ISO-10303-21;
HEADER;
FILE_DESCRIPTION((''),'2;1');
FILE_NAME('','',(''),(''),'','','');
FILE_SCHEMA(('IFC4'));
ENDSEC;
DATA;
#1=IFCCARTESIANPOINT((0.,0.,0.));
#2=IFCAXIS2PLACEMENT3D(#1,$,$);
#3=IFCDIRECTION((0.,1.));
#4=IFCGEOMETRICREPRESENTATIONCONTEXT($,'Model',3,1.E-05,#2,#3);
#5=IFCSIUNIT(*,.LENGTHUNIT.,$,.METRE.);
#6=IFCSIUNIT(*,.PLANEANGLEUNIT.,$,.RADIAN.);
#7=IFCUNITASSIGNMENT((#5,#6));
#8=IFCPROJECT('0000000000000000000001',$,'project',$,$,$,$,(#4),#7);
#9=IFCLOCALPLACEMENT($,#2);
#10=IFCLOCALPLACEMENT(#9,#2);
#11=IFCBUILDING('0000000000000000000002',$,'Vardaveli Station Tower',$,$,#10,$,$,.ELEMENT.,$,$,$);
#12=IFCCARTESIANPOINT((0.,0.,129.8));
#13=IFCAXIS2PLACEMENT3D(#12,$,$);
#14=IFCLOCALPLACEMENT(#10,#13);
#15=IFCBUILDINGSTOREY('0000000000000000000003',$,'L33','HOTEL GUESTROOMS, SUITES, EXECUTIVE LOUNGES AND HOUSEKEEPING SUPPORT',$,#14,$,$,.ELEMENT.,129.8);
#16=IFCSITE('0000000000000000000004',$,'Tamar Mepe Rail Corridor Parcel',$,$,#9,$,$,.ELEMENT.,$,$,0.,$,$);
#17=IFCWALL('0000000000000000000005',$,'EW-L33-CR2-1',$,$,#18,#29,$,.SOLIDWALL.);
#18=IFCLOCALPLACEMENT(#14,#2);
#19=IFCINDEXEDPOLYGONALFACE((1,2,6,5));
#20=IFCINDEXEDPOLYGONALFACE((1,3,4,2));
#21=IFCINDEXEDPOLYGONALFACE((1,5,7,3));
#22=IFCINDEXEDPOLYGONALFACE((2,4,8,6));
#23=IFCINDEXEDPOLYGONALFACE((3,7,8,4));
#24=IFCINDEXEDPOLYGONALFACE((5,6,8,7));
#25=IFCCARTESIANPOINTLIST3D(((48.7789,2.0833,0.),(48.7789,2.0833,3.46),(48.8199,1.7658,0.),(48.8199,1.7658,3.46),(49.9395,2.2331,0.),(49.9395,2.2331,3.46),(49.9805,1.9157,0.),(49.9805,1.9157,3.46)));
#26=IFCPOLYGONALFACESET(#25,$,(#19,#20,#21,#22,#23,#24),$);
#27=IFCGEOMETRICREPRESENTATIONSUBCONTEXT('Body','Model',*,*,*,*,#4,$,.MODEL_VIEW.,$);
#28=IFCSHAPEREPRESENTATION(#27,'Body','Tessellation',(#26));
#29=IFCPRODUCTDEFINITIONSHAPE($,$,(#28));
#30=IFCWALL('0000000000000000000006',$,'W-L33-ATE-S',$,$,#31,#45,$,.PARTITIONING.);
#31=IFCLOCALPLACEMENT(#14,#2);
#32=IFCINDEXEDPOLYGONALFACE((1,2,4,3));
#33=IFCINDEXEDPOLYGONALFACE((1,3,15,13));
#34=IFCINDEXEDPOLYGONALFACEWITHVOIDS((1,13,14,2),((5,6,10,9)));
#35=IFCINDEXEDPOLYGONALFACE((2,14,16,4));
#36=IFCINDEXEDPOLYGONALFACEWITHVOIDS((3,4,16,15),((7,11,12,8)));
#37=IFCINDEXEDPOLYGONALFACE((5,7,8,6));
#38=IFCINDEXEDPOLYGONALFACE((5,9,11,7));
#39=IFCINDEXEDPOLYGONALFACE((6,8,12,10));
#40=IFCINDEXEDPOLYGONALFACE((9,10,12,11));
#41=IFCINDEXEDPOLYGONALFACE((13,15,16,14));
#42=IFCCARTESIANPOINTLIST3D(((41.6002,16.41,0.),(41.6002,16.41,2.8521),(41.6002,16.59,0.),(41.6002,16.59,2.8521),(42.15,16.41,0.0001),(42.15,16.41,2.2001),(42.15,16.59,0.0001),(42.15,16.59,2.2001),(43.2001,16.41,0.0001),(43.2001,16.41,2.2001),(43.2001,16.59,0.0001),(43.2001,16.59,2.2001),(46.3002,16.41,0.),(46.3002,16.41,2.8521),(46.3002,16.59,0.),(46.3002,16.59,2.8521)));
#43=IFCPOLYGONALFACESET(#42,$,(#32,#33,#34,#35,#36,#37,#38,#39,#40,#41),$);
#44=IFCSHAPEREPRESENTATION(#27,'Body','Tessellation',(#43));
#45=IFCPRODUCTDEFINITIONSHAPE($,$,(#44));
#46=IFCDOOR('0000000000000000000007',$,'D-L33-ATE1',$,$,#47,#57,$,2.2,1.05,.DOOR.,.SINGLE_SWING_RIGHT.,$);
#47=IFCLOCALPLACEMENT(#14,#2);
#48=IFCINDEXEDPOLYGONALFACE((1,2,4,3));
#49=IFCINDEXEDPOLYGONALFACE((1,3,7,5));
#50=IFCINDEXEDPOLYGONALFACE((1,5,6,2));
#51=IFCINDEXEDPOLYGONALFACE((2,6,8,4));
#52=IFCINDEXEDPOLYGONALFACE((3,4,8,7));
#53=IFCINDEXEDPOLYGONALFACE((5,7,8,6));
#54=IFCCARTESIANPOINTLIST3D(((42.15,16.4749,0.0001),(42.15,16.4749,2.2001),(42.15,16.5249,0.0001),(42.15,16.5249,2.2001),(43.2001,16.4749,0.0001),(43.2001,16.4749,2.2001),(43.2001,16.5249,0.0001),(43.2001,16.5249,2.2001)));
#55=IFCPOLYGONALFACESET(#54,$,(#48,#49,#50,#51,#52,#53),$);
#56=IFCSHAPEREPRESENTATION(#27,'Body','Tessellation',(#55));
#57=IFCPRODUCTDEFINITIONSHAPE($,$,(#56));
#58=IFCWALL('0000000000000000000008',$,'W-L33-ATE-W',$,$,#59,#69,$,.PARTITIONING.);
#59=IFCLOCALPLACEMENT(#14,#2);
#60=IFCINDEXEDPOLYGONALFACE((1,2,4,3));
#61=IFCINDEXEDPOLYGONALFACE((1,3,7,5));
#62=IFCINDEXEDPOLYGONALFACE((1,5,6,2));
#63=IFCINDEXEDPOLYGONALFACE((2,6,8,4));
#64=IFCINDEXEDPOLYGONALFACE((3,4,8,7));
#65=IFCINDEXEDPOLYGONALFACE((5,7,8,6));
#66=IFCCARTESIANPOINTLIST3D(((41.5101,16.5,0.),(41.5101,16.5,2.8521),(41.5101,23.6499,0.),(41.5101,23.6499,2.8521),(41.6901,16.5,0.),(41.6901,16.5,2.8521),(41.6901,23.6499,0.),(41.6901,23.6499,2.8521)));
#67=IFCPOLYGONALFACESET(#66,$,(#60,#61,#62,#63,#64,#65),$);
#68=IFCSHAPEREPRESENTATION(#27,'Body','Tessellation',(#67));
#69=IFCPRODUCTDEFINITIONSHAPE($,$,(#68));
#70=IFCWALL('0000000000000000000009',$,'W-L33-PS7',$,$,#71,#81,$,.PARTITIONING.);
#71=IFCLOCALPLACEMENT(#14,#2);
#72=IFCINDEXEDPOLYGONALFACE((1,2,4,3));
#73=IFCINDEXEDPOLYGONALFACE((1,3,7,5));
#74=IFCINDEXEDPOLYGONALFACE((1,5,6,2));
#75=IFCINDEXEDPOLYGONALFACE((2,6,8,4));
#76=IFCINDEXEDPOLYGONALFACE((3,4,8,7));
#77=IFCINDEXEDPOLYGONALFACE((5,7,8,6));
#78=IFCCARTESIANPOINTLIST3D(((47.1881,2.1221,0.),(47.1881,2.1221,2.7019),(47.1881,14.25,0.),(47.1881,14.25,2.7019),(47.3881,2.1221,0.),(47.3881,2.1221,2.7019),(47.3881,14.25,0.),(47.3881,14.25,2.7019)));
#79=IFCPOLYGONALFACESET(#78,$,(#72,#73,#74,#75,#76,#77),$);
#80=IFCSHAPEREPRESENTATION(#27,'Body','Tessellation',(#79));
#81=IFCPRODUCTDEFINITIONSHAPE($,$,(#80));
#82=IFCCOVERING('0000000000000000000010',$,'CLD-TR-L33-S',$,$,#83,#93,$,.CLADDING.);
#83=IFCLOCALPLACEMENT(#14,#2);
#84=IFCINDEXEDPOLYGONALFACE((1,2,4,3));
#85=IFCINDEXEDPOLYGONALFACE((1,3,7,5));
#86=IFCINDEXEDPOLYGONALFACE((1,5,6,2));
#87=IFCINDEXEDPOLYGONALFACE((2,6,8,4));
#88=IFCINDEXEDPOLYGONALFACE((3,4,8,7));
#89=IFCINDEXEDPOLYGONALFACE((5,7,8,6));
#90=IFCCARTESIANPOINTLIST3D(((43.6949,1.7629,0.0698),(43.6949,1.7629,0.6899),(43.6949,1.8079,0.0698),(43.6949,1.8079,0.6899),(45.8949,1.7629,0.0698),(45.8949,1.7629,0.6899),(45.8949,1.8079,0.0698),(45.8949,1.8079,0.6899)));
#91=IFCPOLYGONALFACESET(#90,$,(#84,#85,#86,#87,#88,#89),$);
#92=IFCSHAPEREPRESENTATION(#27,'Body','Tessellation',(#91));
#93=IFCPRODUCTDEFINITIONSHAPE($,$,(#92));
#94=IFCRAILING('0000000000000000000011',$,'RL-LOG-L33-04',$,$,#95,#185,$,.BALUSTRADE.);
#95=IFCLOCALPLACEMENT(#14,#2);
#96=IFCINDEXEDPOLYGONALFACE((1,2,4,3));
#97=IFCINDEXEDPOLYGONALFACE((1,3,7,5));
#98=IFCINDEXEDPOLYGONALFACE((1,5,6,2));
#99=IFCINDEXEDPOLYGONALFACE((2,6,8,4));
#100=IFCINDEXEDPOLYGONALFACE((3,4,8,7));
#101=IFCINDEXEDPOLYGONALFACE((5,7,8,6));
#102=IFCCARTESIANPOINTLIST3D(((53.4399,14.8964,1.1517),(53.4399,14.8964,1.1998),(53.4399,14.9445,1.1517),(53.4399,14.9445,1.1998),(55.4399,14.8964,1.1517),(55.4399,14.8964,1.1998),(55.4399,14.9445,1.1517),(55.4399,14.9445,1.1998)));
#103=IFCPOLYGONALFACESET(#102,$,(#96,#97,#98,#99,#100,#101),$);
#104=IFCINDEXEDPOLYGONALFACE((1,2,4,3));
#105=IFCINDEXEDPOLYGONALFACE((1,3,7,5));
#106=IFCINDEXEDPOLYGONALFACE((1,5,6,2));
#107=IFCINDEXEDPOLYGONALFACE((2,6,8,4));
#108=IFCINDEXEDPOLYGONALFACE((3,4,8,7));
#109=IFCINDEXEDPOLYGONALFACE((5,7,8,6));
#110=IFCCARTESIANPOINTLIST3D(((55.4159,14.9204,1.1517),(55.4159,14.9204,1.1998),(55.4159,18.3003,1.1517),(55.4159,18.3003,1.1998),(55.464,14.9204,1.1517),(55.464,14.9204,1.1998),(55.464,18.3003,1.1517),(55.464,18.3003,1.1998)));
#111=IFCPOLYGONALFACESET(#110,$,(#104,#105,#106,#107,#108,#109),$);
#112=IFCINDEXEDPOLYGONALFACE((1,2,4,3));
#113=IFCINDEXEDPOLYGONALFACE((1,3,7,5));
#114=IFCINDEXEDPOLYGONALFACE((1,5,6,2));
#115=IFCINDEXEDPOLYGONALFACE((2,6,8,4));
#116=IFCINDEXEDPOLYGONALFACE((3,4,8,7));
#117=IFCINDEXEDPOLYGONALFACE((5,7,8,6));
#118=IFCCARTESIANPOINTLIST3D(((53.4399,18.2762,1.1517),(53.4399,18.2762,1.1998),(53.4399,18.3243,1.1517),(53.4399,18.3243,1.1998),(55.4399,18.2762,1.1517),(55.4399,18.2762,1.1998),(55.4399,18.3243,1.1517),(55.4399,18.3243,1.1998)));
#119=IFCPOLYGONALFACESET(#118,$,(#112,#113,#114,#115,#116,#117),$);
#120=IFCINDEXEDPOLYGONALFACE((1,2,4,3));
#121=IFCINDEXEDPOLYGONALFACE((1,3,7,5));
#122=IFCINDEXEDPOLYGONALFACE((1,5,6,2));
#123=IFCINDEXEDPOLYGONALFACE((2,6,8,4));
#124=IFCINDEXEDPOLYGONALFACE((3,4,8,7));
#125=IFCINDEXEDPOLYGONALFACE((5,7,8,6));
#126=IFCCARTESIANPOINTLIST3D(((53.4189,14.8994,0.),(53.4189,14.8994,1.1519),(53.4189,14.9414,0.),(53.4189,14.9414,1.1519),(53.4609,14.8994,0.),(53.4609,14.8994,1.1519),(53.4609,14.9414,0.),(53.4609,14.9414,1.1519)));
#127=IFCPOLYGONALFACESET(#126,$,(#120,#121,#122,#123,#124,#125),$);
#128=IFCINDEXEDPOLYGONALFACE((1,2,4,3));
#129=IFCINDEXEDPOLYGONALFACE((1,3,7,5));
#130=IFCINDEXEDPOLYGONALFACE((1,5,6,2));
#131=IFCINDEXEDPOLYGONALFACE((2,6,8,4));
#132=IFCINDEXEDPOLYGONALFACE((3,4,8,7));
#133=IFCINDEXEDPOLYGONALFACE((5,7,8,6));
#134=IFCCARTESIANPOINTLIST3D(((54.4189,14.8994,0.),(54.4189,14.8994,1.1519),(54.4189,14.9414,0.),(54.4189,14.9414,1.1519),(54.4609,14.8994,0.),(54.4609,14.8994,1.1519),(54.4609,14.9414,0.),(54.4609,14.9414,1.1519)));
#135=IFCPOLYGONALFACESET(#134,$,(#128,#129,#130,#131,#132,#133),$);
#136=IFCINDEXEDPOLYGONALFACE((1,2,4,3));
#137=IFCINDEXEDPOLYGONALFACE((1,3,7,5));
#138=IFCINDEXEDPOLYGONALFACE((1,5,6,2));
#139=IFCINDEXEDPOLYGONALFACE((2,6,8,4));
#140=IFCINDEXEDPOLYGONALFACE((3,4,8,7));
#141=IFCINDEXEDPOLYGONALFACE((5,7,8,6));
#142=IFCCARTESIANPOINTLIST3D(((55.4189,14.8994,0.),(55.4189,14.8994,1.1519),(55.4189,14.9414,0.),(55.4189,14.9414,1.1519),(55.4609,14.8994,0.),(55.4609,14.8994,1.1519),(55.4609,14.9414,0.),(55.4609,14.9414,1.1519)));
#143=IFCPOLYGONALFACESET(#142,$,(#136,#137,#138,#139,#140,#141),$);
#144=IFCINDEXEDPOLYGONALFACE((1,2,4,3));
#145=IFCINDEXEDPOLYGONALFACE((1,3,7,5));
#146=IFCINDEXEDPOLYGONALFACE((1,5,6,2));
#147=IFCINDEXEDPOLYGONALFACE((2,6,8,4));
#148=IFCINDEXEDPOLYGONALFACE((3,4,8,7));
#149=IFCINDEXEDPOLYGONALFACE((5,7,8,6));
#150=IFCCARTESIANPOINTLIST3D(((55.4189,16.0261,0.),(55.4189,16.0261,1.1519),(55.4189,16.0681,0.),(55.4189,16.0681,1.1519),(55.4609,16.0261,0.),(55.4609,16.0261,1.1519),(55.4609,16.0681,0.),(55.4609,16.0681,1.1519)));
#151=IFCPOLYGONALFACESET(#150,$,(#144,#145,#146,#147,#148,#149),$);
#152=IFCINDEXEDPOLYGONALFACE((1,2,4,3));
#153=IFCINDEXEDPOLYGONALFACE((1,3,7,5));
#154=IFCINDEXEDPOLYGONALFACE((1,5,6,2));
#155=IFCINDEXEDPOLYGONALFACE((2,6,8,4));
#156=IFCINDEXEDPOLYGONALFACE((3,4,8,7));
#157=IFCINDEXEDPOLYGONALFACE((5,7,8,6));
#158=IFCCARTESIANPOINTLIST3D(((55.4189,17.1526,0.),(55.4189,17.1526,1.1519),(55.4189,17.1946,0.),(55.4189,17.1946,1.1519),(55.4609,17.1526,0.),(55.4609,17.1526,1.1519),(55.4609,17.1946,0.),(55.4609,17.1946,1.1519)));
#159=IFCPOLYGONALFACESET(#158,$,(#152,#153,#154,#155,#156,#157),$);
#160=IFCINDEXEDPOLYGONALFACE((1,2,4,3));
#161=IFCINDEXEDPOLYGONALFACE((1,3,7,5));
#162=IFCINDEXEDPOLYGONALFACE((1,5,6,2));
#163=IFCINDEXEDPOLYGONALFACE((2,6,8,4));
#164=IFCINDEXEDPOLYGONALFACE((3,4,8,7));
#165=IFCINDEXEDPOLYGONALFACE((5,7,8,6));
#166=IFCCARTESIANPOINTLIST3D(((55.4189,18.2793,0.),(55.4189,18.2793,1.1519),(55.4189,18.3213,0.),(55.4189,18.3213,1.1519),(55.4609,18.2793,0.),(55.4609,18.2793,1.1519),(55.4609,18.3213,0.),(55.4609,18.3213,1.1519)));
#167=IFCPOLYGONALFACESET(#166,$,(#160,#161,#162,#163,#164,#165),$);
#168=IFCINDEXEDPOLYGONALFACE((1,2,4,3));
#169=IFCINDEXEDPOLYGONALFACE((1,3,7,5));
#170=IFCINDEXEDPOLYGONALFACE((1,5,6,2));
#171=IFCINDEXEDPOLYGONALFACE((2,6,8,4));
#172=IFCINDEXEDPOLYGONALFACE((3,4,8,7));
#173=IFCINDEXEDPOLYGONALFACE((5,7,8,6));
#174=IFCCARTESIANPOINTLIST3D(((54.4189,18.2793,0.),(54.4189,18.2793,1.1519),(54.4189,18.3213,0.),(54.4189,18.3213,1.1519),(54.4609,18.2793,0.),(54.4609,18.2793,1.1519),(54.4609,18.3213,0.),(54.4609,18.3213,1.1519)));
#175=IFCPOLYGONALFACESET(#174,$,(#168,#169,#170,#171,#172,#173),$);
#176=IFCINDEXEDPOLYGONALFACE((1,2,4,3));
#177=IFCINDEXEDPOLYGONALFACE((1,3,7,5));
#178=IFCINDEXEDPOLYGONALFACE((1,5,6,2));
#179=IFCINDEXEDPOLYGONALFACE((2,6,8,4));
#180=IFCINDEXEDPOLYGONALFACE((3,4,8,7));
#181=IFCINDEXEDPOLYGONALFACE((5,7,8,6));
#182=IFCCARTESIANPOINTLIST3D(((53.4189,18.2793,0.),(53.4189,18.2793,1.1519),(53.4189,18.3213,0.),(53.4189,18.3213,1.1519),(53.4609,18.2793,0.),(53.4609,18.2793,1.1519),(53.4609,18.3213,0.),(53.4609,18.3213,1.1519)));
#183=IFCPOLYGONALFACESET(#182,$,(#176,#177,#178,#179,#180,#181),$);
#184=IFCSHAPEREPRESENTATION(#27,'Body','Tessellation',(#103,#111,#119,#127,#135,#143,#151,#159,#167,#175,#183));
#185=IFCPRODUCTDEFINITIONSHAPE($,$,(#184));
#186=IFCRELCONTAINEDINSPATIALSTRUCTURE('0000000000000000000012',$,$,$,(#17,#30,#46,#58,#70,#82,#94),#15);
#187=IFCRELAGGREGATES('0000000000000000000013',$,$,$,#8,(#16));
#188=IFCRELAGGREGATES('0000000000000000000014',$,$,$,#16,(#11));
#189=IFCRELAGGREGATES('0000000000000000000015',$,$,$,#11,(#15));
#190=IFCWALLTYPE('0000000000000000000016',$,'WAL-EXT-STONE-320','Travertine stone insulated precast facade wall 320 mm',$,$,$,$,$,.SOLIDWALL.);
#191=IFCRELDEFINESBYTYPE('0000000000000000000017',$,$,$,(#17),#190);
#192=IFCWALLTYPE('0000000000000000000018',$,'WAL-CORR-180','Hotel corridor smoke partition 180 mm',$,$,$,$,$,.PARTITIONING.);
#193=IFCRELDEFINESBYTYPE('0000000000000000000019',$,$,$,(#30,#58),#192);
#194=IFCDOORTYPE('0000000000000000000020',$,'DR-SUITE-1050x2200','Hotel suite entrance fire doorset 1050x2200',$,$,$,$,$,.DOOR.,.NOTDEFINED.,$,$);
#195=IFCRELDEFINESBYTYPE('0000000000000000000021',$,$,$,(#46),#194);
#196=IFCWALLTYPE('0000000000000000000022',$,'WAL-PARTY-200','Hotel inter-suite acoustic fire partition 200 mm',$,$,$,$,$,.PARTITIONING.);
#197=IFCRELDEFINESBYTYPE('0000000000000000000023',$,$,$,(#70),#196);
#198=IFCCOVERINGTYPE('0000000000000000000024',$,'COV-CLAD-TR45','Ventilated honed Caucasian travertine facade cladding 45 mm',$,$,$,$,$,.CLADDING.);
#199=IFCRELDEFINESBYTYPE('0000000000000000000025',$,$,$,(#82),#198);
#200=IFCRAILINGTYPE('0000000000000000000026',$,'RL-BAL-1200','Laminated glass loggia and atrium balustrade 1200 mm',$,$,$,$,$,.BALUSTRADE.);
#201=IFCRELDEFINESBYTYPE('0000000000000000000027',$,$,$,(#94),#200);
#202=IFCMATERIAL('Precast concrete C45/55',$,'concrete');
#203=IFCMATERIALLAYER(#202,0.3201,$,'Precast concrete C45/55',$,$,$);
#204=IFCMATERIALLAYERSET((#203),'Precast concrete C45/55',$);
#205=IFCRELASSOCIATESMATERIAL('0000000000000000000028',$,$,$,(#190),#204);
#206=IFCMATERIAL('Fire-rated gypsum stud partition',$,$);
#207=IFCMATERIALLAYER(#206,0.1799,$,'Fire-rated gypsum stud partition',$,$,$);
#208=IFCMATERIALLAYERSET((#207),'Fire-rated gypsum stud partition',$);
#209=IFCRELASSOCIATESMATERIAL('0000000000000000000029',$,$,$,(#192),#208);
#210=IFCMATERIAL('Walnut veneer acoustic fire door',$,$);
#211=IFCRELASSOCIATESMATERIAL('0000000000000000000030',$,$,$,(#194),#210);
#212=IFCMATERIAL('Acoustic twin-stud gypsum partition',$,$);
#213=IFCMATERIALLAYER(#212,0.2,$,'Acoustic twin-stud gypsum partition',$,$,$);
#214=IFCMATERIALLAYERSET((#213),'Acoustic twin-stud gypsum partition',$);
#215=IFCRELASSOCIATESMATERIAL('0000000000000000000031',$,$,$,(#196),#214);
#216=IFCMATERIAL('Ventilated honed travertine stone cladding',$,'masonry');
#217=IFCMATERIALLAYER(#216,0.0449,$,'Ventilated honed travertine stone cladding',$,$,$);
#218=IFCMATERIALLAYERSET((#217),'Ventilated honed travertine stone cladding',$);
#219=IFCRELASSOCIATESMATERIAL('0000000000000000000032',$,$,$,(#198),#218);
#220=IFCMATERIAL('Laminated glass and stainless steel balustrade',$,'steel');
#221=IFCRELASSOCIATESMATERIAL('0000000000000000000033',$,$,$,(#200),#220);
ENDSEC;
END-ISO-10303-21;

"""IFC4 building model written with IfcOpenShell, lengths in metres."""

from ifc_helpers import new_model, si_unit, direction, frame, frame_2d, origin, origin_2d, place, context, subcontext, project, spatial, rectangle, extrude, source, transform, mapped, material, layer, layer_set, type_object, element, fill, save


model = new_model("IFC4")

# Units and contexts
model_context = context("Model", 3, precision=1e-05, world=origin(), true_north=direction((0.0, 1.0)))
body_context = subcontext(model_context, "Body", "Model", "MODEL_VIEW")
ifc_project = project(units=[si_unit("LENGTHUNIT", "METRE"), si_unit("PLANEANGLEUNIT", "RADIAN")], contexts=[model_context])

# Site, building, storey
site_placement = place(None, origin())
site = spatial("IfcSite", under=ifc_project, at=site_placement, Name="Tamar Mepe Rail Corridor Parcel", CompositionType="ELEMENT", RefElevation=0.0)
building_placement = place(site_placement, origin())
building = spatial("IfcBuilding", under=site, at=building_placement, Name="Vardaveli Station Tower", CompositionType="ELEMENT")
storey_placement = place(building_placement, frame((0.0, 0.0, 129.8)))
storey = spatial("IfcBuildingStorey", under=building, at=storey_placement, Name="L33", Description="HOTEL GUESTROOMS, SUITES, EXECUTIVE LOUNGES AND HOUSEKEEPING SUPPORT", CompositionType="ELEMENT", Elevation=129.8)

# Shared definitions
ifc_material_1 = material(Name="Precast concrete C45/55", Category="concrete")

# Shared definitions
ifc_layer_1 = layer(ifc_material_1, 0.3201, Name="Precast concrete C45/55")
ifc_layer_set_1 = layer_set([ifc_layer_1], Name="Precast concrete C45/55")
wall_type_1 = type_object("IfcWallType", Name="WAL-EXT-STONE-320", Description="Travertine stone insulated precast facade wall 320 mm", PredefinedType="SOLIDWALL", material=ifc_layer_set_1)

# Wall
shared_shape_1 = source(origin(), body_context, "Body", "SweptSolid", [
    extrude(rectangle(XDim=1.1702, YDim=0.3201, at=frame_2d((0.585, 0.0))), origin(), (0.0, 0.0, 1.0), 3.46),
])
wall_1_placement = place(storey_placement, frame((48.7996, 1.9246, 0.0), z_axis=(0.0, 0.0, 1.0), x_axis=(0.991762, 0.12809, 0.0)))
element("IfcWall", 1, at=wall_1_placement, inside=storey, type_object=wall_type_1, Name="EW-L33-CR2-1", PredefinedType="SOLIDWALL", context=body_context, shape_type="MappedRepresentation", body=[
    mapped(shared_shape_1, transform((0.0, 0.0, 0.0), scale=1.0)),
])

# Wall, opening, door
ifc_material_2 = material(Name="Fire-rated gypsum stud partition")
ifc_layer_2 = layer(ifc_material_2, 0.1799, Name="Fire-rated gypsum stud partition")
ifc_layer_set_2 = layer_set([ifc_layer_2], Name="Fire-rated gypsum stud partition")
wall_type_2 = type_object("IfcWallType", Name="WAL-CORR-180", Description="Hotel corridor smoke partition 180 mm", PredefinedType="PARTITIONING", material=ifc_layer_set_2)
shared_shape_2 = source(origin(), body_context, "Body", "SweptSolid", [
    extrude(rectangle(XDim=4.7, YDim=0.1799, at=frame_2d((2.3501, 0.0))), origin(), (0.0, 0.0, 1.0), 2.8521),
])
wall_2_placement = place(storey_placement, frame((41.6001, 16.5, 0.0), z_axis=(0.0, 0.0, 1.0), x_axis=(1.0, 0.0, 0.0)))
wall_2 = element("IfcWall", 2, at=wall_2_placement, inside=storey, type_object=wall_type_2, Name="W-L33-ATE-S", PredefinedType="PARTITIONING", context=body_context, shape_type="MappedRepresentation", body=[
    mapped(shared_shape_2, transform((0.0, 0.0, 0.0), scale=1.0)),
])
shared_shape_3 = source(origin(), body_context, "Body", "SweptSolid", [
    extrude(rectangle(XDim=1.05, YDim=2.2, at=frame_2d((0.5249, 1.1001))), frame((0.0, 0.1001, 0.0), z_axis=(0.0, -1.0, 0.0), x_axis=(1.0, 0.0, 0.0)), (0.0, 0.0, 1.0), 0.2),
])
opening_1_placement = place(wall_2_placement, frame((0.55, 0.0, 0.0)))
opening_1 = element("IfcOpeningElement", 3, at=opening_1_placement, cuts=wall_2, PredefinedType="OPENING", context=body_context, shape_type="MappedRepresentation", body=[
    mapped(shared_shape_3, transform((0.0, 0.0, 0.0), scale=1.0)),
])
ifc_material_3 = material(Name="Walnut veneer acoustic fire door")
door_type_1 = type_object("IfcDoorType", Name="DR-SUITE-1050x2200", Description="Hotel suite entrance fire doorset 1050x2200", OperationType="NOTDEFINED", PredefinedType="DOOR", material=ifc_material_3)
shared_shape_4 = source(origin(), body_context, "Body", "SweptSolid", [
    extrude(rectangle(XDim=1.05, YDim=2.2, at=frame_2d((0.5249, 1.1001))), frame((0.0, 0.0249, 0.0), z_axis=(0.0, -1.0, 0.0), x_axis=(1.0, 0.0, 0.0)), (0.0, 0.0, 1.0), 0.05),
])
door_1_placement = place(opening_1_placement, origin())
door_1 = element("IfcDoor", 4, at=door_1_placement, inside=storey, type_object=door_type_1, Name="D-L33-ATE1", OperationType="SINGLE_SWING_RIGHT", OverallHeight=2.2, OverallWidth=1.05, PredefinedType="DOOR", context=body_context, shape_type="MappedRepresentation", body=[
    mapped(shared_shape_4, transform((0.0, 0.0, 0.0), scale=1.0)),
])
fill(opening_1, door_1)

# Walls
shared_shape_5 = source(origin(), body_context, "Body", "SweptSolid", [
    extrude(rectangle(XDim=7.1499, YDim=0.1799, at=frame_2d((3.575, 0.0))), origin(), (0.0, 0.0, 1.0), 2.8521),
])
wall_3_placement = place(storey_placement, frame((41.6001, 16.5, 0.0), z_axis=(0.0, 0.0, 1.0), x_axis=(0.0, 1.0, 0.0)))
element("IfcWall", 5, at=wall_3_placement, inside=storey, type_object=wall_type_2, Name="W-L33-ATE-W", PredefinedType="PARTITIONING", context=body_context, shape_type="MappedRepresentation", body=[
    mapped(shared_shape_5, transform((0.0, 0.0, 0.0), scale=1.0)),
])
ifc_material_4 = material(Name="Acoustic twin-stud gypsum partition")
ifc_layer_3 = layer(ifc_material_4, 0.2, Name="Acoustic twin-stud gypsum partition")
ifc_layer_set_3 = layer_set([ifc_layer_3], Name="Acoustic twin-stud gypsum partition")
wall_type_3 = type_object("IfcWallType", Name="WAL-PARTY-200", Description="Hotel inter-suite acoustic fire partition 200 mm", PredefinedType="PARTITIONING", material=ifc_layer_set_3)
shared_shape_6 = source(origin(), body_context, "Body", "SweptSolid", [
    extrude(rectangle(XDim=12.1279, YDim=0.2, at=frame_2d((6.064, 0.0))), origin(), (0.0, 0.0, 1.0), 2.7019),
])
wall_4_placement = place(storey_placement, frame((47.2881, 2.1221, 0.0), z_axis=(0.0, 0.0, 1.0), x_axis=(0.0, 1.0, 0.0)))
element("IfcWall", 6, at=wall_4_placement, inside=storey, type_object=wall_type_3, Name="W-L33-PS7", PredefinedType="PARTITIONING", context=body_context, shape_type="MappedRepresentation", body=[
    mapped(shared_shape_6, transform((0.0, 0.0, 0.0), scale=1.0)),
])

# Covering
ifc_material_5 = material(Name="Ventilated honed travertine stone cladding", Category="masonry")
ifc_layer_4 = layer(ifc_material_5, 0.0449, Name="Ventilated honed travertine stone cladding")
ifc_layer_set_4 = layer_set([ifc_layer_4], Name="Ventilated honed travertine stone cladding")
covering_type = type_object("IfcCoveringType", Name="COV-CLAD-TR45", Description="Ventilated honed Caucasian travertine facade cladding 45 mm", PredefinedType="CLADDING", material=ifc_layer_set_4)
shared_shape_7 = source(origin(), body_context, "Body", "SweptSolid", [
    extrude(rectangle(XDim=2.2, YDim=0.0449, at=origin_2d()), origin(), (0.0, 0.0, 1.0), 0.6201),
])
covering_placement = place(storey_placement, frame((44.7949, 1.7854, 0.0698), z_axis=(0.0, 0.0, 1.0), x_axis=(1.0, 0.0, 0.0)))
element("IfcCovering", 7, at=covering_placement, inside=storey, type_object=covering_type, Name="CLD-TR-L33-S", PredefinedType="CLADDING", context=body_context, shape_type="MappedRepresentation", body=[
    mapped(shared_shape_7, transform((0.0, 0.0, 0.0), scale=1.0)),
])

# Railing
ifc_material_6 = material(Name="Laminated glass and stainless steel balustrade", Category="steel")
railing_type = type_object("IfcRailingType", Name="RL-BAL-1200", Description="Laminated glass loggia and atrium balustrade 1200 mm", PredefinedType="BALUSTRADE", material=ifc_material_6)
shared_shape_8 = source(origin(), body_context, "Body", "SweptSolid", [
    extrude(rectangle(XDim=0.0481, YDim=0.0481, at=origin_2d()), frame((0.0, 0.0, 1.1758), z_axis=(1.0, 0.0, 0.0), x_axis=(0.0, 1.0, 0.0)), (0.0, 0.0, 1.0), 2.0),
    extrude(rectangle(XDim=0.0481, YDim=0.0481, at=origin_2d()), frame((2.0, 0.0, 1.1758), z_axis=(0.0, 1.0, 0.0), x_axis=(-1.0, 0.0, 0.0)), (0.0, 0.0, 1.0), 3.3799),
    extrude(rectangle(XDim=0.0481, YDim=0.0481, at=origin_2d()), frame((2.0, 3.3799, 1.1758), z_axis=(-1.0, 0.0, 0.0), x_axis=(0.0, -1.0, 0.0)), (0.0, 0.0, 1.0), 2.0),
    extrude(rectangle(XDim=0.042, YDim=0.042, at=origin_2d()), origin(), (0.0, 0.0, 1.0), 1.1519),
    extrude(rectangle(XDim=0.042, YDim=0.042, at=origin_2d()), frame((1.0, 0.0, 0.0)), (0.0, 0.0, 1.0), 1.1519),
    extrude(rectangle(XDim=0.042, YDim=0.042, at=origin_2d()), frame((2.0, 0.0, 0.0)), (0.0, 0.0, 1.0), 1.1519),
    extrude(rectangle(XDim=0.042, YDim=0.042, at=origin_2d()), frame((2.0, 1.1267, 0.0)), (0.0, 0.0, 1.0), 1.1519),
    extrude(rectangle(XDim=0.042, YDim=0.042, at=origin_2d()), frame((2.0, 2.2532, 0.0)), (0.0, 0.0, 1.0), 1.1519),
    extrude(rectangle(XDim=0.042, YDim=0.042, at=origin_2d()), frame((2.0, 3.3799, 0.0)), (0.0, 0.0, 1.0), 1.1519),
    extrude(rectangle(XDim=0.042, YDim=0.042, at=origin_2d()), frame((1.0, 3.3799, 0.0)), (0.0, 0.0, 1.0), 1.1519),
    extrude(rectangle(XDim=0.042, YDim=0.042, at=origin_2d()), frame((0.0, 3.3799, 0.0)), (0.0, 0.0, 1.0), 1.1519),
])
railing_placement = place(storey_placement, frame((53.4399, 14.9204, 0.0)))
element("IfcRailing", 8, at=railing_placement, inside=storey, type_object=railing_type, Name="RL-LOG-L33-04", PredefinedType="BALUSTRADE", context=body_context, shape_type="MappedRepresentation", body=[
    mapped(shared_shape_8, transform((0.0, 0.0, 0.0), scale=1.0)),
])

save(model, "model.ifc")
